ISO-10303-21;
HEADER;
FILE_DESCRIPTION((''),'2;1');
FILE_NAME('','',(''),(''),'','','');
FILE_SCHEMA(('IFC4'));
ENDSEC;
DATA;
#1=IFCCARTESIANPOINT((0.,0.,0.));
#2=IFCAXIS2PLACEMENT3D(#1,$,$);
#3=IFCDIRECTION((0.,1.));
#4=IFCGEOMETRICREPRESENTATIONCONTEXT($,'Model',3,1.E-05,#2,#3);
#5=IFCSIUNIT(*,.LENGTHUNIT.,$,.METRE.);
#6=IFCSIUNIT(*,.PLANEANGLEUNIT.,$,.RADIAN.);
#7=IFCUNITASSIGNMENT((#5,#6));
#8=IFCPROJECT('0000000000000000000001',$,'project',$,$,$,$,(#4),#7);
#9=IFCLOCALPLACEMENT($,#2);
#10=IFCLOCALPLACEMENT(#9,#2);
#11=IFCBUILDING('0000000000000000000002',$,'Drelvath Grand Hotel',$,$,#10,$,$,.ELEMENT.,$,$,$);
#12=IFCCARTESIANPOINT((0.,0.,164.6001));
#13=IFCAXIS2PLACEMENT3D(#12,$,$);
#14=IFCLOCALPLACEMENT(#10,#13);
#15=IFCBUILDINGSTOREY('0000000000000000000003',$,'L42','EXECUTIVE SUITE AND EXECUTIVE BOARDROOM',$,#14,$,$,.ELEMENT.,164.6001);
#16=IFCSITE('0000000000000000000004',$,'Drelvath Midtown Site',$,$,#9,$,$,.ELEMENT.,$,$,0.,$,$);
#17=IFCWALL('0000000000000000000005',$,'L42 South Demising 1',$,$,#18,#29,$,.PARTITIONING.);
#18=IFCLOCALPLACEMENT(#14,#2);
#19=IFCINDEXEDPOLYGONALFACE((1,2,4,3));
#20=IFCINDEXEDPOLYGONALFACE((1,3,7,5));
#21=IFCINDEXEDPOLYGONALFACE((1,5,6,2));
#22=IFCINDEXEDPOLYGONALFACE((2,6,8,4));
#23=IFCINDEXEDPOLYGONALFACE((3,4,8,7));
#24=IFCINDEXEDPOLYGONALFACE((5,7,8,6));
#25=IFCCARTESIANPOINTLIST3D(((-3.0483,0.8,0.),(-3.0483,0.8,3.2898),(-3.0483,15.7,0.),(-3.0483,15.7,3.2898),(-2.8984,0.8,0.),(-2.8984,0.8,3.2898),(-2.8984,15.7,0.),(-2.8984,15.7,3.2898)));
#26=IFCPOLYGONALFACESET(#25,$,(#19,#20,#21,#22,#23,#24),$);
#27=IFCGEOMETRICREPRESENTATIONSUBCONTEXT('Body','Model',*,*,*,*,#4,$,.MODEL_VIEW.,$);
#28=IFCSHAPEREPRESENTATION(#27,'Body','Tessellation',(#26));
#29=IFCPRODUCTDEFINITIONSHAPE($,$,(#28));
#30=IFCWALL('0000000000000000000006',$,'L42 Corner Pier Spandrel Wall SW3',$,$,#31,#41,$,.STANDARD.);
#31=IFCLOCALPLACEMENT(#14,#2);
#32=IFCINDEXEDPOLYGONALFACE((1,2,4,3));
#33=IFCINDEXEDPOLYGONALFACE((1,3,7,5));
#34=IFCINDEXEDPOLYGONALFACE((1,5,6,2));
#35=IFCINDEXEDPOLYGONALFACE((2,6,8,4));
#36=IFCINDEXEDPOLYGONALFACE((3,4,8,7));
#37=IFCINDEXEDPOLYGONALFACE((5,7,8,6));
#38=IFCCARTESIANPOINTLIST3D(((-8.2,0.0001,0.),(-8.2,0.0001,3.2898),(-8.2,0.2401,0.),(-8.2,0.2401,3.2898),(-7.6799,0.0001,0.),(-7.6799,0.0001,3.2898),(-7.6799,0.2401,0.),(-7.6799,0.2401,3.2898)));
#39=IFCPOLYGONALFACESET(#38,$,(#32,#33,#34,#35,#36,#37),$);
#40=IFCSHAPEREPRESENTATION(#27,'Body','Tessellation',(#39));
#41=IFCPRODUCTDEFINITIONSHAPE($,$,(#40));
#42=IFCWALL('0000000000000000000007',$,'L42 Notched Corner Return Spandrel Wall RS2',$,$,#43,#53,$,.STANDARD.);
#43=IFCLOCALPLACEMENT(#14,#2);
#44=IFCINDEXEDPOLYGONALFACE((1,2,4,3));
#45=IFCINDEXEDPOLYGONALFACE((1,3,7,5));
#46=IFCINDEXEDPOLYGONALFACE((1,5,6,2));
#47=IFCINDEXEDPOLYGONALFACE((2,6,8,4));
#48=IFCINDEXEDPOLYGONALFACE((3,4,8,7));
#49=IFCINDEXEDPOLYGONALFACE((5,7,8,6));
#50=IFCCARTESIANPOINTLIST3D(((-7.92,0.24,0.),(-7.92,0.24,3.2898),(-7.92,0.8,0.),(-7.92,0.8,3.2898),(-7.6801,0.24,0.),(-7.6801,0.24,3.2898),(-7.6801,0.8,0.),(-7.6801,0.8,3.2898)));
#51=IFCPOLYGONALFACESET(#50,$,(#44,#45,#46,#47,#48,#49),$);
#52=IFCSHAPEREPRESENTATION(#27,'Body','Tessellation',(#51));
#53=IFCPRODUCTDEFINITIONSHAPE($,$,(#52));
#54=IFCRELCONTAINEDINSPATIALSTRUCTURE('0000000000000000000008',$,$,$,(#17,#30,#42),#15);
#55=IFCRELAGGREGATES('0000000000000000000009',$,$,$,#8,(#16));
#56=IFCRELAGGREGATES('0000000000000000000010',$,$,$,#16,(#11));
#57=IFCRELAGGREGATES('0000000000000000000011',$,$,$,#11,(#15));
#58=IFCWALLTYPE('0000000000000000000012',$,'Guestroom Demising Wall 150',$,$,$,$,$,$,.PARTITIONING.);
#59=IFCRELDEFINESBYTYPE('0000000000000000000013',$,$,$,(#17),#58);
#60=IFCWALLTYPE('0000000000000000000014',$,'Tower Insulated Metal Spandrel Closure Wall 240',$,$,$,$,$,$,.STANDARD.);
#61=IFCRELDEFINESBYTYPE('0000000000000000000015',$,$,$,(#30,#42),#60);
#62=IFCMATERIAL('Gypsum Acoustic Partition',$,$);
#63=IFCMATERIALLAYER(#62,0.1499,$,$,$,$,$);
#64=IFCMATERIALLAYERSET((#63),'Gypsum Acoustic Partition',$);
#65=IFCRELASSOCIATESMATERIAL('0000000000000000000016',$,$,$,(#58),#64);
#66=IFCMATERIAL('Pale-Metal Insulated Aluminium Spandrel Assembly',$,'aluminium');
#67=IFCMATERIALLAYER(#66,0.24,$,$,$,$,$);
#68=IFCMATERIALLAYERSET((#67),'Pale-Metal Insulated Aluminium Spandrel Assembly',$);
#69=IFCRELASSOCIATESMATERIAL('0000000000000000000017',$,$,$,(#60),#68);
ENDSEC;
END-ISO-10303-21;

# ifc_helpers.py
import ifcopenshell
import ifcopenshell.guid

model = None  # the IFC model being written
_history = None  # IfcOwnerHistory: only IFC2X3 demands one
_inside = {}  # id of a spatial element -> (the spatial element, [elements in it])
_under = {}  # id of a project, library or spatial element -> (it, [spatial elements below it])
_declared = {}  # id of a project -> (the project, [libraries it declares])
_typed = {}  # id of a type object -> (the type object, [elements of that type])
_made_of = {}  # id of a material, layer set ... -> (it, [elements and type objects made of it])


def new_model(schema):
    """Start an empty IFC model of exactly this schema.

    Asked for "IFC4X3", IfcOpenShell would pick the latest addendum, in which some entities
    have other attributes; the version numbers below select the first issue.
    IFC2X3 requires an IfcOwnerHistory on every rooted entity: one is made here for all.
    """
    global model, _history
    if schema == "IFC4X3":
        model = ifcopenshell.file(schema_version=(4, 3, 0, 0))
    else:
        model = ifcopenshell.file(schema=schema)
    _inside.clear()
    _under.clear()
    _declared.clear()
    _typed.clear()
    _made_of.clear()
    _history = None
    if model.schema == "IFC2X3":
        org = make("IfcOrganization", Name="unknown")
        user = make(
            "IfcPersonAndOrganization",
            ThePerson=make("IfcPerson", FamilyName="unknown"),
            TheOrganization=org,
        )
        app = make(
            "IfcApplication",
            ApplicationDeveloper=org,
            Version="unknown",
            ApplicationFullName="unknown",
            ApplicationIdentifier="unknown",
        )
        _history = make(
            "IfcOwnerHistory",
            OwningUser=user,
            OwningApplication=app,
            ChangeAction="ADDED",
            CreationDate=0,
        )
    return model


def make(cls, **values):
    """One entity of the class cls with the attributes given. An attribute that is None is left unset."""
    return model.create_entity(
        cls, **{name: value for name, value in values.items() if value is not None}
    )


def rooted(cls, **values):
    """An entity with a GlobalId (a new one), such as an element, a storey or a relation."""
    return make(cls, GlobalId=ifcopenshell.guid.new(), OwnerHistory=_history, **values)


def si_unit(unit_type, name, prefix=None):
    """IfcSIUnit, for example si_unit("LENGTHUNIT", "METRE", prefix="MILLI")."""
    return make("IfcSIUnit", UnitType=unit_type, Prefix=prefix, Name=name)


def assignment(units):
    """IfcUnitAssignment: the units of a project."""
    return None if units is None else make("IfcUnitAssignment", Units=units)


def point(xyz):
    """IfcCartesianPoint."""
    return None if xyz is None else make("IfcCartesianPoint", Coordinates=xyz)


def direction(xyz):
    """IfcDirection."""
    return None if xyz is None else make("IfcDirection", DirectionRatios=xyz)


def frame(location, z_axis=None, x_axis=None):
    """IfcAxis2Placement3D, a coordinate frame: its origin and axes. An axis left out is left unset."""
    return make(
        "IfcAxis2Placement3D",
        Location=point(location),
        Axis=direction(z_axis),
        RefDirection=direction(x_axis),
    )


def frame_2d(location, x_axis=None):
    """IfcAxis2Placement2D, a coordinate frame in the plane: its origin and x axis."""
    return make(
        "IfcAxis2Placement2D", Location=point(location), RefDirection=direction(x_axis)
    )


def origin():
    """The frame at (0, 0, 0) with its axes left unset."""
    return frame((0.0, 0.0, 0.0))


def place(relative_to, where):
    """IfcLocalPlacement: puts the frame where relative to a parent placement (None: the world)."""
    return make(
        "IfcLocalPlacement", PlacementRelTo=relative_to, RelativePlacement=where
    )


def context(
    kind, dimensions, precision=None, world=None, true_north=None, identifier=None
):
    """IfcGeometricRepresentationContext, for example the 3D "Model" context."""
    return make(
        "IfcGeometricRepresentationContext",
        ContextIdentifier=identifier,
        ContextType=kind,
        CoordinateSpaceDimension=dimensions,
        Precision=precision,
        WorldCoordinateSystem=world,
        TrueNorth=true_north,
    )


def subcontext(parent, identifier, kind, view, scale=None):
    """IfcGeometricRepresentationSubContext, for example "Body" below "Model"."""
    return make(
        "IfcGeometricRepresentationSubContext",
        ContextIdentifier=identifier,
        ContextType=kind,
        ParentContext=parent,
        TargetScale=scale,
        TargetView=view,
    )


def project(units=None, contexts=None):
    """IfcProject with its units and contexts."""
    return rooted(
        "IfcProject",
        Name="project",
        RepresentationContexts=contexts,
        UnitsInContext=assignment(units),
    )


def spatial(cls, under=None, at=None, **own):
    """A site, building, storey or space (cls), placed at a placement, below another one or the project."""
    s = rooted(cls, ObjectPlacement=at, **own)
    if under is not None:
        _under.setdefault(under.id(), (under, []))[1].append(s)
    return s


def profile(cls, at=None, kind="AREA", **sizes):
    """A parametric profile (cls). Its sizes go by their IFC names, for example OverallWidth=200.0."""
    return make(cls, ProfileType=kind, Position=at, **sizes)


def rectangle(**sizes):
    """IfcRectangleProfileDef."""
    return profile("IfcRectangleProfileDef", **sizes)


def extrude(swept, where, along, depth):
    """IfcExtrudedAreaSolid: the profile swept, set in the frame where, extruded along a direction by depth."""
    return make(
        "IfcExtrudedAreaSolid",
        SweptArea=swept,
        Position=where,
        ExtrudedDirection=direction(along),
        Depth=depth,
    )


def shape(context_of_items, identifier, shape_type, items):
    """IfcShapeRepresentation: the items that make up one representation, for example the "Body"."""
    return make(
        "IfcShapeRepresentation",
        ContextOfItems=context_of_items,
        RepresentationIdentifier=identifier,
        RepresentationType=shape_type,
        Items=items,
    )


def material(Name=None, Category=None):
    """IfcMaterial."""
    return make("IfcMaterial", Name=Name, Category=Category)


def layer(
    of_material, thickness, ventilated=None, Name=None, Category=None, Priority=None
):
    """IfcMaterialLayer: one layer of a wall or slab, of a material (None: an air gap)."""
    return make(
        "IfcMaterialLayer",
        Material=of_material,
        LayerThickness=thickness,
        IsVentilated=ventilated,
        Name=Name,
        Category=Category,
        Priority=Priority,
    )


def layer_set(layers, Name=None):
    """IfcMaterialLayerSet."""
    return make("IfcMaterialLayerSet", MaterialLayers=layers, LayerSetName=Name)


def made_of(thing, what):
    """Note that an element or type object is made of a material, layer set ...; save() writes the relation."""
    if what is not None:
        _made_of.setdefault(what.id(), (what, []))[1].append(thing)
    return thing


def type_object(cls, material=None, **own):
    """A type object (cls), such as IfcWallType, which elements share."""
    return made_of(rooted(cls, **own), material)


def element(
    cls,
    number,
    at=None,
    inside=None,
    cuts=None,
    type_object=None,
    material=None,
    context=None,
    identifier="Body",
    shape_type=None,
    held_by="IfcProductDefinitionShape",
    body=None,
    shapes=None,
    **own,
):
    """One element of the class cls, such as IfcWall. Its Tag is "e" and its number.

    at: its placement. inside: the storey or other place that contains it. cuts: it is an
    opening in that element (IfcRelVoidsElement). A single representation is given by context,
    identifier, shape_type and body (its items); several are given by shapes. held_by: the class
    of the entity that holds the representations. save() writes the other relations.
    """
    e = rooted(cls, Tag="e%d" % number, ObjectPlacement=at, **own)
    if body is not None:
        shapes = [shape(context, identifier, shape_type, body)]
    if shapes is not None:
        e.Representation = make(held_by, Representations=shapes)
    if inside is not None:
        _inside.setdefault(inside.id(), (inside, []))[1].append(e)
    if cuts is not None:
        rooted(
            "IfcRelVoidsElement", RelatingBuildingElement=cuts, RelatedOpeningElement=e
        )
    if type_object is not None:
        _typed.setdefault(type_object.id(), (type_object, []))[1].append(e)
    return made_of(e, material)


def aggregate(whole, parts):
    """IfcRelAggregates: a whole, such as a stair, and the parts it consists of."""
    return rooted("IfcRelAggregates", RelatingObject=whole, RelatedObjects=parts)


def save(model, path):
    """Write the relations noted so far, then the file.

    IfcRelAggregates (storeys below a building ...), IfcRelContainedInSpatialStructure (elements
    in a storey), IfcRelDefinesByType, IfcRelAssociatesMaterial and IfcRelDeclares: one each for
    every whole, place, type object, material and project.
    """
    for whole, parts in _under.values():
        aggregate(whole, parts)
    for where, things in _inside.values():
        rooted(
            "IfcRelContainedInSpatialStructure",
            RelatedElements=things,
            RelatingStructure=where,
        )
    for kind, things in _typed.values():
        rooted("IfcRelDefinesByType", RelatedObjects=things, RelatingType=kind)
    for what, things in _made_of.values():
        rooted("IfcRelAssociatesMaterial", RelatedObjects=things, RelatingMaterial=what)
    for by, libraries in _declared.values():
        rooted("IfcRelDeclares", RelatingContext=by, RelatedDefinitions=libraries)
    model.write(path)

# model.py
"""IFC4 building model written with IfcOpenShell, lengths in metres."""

from ifc_helpers import new_model, si_unit, direction, frame, frame_2d, origin, place, context, subcontext, project, spatial, rectangle, extrude, material, layer, layer_set, type_object, element, save


model = new_model("IFC4")

# Units and contexts
model_context = context("Model", 3, precision=1e-05, world=origin(), true_north=direction((0.0, 1.0)))
body_context = subcontext(model_context, "Body", "Model", "MODEL_VIEW")
ifc_project = project(units=[si_unit("LENGTHUNIT", "METRE"), si_unit("PLANEANGLEUNIT", "RADIAN")], contexts=[model_context])

# Site, building, storey
site_placement = place(None, origin())
site = spatial("IfcSite", under=ifc_project, at=site_placement, Name="Drelvath Midtown Site", CompositionType="ELEMENT", RefElevation=0.0)
building_placement = place(site_placement, origin())
building = spatial("IfcBuilding", under=site, at=building_placement, Name="Drelvath Grand Hotel", CompositionType="ELEMENT")
storey_placement = place(building_placement, frame((0.0, 0.0, 164.6001)))
storey = spatial("IfcBuildingStorey", under=building, at=storey_placement, Name="L42", Description="EXECUTIVE SUITE AND EXECUTIVE BOARDROOM", CompositionType="ELEMENT", Elevation=164.6001)

# Walls
ifc_material_1 = material(Name="Gypsum Acoustic Partition")
ifc_layer_1 = layer(ifc_material_1, 0.1499)
ifc_layer_set_1 = layer_set([ifc_layer_1], Name="Gypsum Acoustic Partition")
wall_type_1 = type_object("IfcWallType", Name="Guestroom Demising Wall 150", PredefinedType="PARTITIONING", material=ifc_layer_set_1)
wall_1_placement = place(storey_placement, frame((-2.9734, 0.8, 0.0), z_axis=(0.0, 0.0, 1.0), x_axis=(0.0, 1.0, 0.0)))
element("IfcWall", 1, at=wall_1_placement, inside=storey, type_object=wall_type_1, Name="L42 South Demising 1", PredefinedType="PARTITIONING", context=body_context, shape_type="SweptSolid", body=[
    extrude(rectangle(XDim=14.8999, YDim=0.1499, at=frame_2d((7.45, 0.0))), origin(), (0.0, 0.0, 1.0), 3.2898),
])
ifc_material_2 = material(Name="Pale-Metal Insulated Aluminium Spandrel Assembly", Category="aluminium")
ifc_layer_2 = layer(ifc_material_2, 0.24)
ifc_layer_set_2 = layer_set([ifc_layer_2], Name="Pale-Metal Insulated Aluminium Spandrel Assembly")
wall_type_2 = type_object("IfcWallType", Name="Tower Insulated Metal Spandrel Closure Wall 240", PredefinedType="STANDARD", material=ifc_layer_set_2)
wall_2_placement = place(storey_placement, frame((-7.6799, 0.1201, 0.0), z_axis=(0.0, 0.0, 1.0), x_axis=(-1.0, 0.0, 0.0)))
element("IfcWall", 2, at=wall_2_placement, inside=storey, type_object=wall_type_2, Name="L42 Corner Pier Spandrel Wall SW3", PredefinedType="STANDARD", context=body_context, shape_type="SweptSolid", body=[
    extrude(rectangle(XDim=0.52, YDim=0.24, at=frame_2d((0.26, 0.0))), origin(), (0.0, 0.0, 1.0), 3.2898),
])
wall_3_placement = place(storey_placement, frame((-7.8, 0.8, 0.0), z_axis=(0.0, 0.0, 1.0), x_axis=(0.0, -1.0, 0.0)))
element("IfcWall", 3, at=wall_3_placement, inside=storey, type_object=wall_type_2, Name="L42 Notched Corner Return Spandrel Wall RS2", PredefinedType="STANDARD", context=body_context, shape_type="SweptSolid", body=[
    extrude(rectangle(XDim=0.5601, YDim=0.24, at=frame_2d((0.28, 0.0))), origin(), (0.0, 0.0, 1.0), 3.2898),
])

save(model, "model.ifc")
